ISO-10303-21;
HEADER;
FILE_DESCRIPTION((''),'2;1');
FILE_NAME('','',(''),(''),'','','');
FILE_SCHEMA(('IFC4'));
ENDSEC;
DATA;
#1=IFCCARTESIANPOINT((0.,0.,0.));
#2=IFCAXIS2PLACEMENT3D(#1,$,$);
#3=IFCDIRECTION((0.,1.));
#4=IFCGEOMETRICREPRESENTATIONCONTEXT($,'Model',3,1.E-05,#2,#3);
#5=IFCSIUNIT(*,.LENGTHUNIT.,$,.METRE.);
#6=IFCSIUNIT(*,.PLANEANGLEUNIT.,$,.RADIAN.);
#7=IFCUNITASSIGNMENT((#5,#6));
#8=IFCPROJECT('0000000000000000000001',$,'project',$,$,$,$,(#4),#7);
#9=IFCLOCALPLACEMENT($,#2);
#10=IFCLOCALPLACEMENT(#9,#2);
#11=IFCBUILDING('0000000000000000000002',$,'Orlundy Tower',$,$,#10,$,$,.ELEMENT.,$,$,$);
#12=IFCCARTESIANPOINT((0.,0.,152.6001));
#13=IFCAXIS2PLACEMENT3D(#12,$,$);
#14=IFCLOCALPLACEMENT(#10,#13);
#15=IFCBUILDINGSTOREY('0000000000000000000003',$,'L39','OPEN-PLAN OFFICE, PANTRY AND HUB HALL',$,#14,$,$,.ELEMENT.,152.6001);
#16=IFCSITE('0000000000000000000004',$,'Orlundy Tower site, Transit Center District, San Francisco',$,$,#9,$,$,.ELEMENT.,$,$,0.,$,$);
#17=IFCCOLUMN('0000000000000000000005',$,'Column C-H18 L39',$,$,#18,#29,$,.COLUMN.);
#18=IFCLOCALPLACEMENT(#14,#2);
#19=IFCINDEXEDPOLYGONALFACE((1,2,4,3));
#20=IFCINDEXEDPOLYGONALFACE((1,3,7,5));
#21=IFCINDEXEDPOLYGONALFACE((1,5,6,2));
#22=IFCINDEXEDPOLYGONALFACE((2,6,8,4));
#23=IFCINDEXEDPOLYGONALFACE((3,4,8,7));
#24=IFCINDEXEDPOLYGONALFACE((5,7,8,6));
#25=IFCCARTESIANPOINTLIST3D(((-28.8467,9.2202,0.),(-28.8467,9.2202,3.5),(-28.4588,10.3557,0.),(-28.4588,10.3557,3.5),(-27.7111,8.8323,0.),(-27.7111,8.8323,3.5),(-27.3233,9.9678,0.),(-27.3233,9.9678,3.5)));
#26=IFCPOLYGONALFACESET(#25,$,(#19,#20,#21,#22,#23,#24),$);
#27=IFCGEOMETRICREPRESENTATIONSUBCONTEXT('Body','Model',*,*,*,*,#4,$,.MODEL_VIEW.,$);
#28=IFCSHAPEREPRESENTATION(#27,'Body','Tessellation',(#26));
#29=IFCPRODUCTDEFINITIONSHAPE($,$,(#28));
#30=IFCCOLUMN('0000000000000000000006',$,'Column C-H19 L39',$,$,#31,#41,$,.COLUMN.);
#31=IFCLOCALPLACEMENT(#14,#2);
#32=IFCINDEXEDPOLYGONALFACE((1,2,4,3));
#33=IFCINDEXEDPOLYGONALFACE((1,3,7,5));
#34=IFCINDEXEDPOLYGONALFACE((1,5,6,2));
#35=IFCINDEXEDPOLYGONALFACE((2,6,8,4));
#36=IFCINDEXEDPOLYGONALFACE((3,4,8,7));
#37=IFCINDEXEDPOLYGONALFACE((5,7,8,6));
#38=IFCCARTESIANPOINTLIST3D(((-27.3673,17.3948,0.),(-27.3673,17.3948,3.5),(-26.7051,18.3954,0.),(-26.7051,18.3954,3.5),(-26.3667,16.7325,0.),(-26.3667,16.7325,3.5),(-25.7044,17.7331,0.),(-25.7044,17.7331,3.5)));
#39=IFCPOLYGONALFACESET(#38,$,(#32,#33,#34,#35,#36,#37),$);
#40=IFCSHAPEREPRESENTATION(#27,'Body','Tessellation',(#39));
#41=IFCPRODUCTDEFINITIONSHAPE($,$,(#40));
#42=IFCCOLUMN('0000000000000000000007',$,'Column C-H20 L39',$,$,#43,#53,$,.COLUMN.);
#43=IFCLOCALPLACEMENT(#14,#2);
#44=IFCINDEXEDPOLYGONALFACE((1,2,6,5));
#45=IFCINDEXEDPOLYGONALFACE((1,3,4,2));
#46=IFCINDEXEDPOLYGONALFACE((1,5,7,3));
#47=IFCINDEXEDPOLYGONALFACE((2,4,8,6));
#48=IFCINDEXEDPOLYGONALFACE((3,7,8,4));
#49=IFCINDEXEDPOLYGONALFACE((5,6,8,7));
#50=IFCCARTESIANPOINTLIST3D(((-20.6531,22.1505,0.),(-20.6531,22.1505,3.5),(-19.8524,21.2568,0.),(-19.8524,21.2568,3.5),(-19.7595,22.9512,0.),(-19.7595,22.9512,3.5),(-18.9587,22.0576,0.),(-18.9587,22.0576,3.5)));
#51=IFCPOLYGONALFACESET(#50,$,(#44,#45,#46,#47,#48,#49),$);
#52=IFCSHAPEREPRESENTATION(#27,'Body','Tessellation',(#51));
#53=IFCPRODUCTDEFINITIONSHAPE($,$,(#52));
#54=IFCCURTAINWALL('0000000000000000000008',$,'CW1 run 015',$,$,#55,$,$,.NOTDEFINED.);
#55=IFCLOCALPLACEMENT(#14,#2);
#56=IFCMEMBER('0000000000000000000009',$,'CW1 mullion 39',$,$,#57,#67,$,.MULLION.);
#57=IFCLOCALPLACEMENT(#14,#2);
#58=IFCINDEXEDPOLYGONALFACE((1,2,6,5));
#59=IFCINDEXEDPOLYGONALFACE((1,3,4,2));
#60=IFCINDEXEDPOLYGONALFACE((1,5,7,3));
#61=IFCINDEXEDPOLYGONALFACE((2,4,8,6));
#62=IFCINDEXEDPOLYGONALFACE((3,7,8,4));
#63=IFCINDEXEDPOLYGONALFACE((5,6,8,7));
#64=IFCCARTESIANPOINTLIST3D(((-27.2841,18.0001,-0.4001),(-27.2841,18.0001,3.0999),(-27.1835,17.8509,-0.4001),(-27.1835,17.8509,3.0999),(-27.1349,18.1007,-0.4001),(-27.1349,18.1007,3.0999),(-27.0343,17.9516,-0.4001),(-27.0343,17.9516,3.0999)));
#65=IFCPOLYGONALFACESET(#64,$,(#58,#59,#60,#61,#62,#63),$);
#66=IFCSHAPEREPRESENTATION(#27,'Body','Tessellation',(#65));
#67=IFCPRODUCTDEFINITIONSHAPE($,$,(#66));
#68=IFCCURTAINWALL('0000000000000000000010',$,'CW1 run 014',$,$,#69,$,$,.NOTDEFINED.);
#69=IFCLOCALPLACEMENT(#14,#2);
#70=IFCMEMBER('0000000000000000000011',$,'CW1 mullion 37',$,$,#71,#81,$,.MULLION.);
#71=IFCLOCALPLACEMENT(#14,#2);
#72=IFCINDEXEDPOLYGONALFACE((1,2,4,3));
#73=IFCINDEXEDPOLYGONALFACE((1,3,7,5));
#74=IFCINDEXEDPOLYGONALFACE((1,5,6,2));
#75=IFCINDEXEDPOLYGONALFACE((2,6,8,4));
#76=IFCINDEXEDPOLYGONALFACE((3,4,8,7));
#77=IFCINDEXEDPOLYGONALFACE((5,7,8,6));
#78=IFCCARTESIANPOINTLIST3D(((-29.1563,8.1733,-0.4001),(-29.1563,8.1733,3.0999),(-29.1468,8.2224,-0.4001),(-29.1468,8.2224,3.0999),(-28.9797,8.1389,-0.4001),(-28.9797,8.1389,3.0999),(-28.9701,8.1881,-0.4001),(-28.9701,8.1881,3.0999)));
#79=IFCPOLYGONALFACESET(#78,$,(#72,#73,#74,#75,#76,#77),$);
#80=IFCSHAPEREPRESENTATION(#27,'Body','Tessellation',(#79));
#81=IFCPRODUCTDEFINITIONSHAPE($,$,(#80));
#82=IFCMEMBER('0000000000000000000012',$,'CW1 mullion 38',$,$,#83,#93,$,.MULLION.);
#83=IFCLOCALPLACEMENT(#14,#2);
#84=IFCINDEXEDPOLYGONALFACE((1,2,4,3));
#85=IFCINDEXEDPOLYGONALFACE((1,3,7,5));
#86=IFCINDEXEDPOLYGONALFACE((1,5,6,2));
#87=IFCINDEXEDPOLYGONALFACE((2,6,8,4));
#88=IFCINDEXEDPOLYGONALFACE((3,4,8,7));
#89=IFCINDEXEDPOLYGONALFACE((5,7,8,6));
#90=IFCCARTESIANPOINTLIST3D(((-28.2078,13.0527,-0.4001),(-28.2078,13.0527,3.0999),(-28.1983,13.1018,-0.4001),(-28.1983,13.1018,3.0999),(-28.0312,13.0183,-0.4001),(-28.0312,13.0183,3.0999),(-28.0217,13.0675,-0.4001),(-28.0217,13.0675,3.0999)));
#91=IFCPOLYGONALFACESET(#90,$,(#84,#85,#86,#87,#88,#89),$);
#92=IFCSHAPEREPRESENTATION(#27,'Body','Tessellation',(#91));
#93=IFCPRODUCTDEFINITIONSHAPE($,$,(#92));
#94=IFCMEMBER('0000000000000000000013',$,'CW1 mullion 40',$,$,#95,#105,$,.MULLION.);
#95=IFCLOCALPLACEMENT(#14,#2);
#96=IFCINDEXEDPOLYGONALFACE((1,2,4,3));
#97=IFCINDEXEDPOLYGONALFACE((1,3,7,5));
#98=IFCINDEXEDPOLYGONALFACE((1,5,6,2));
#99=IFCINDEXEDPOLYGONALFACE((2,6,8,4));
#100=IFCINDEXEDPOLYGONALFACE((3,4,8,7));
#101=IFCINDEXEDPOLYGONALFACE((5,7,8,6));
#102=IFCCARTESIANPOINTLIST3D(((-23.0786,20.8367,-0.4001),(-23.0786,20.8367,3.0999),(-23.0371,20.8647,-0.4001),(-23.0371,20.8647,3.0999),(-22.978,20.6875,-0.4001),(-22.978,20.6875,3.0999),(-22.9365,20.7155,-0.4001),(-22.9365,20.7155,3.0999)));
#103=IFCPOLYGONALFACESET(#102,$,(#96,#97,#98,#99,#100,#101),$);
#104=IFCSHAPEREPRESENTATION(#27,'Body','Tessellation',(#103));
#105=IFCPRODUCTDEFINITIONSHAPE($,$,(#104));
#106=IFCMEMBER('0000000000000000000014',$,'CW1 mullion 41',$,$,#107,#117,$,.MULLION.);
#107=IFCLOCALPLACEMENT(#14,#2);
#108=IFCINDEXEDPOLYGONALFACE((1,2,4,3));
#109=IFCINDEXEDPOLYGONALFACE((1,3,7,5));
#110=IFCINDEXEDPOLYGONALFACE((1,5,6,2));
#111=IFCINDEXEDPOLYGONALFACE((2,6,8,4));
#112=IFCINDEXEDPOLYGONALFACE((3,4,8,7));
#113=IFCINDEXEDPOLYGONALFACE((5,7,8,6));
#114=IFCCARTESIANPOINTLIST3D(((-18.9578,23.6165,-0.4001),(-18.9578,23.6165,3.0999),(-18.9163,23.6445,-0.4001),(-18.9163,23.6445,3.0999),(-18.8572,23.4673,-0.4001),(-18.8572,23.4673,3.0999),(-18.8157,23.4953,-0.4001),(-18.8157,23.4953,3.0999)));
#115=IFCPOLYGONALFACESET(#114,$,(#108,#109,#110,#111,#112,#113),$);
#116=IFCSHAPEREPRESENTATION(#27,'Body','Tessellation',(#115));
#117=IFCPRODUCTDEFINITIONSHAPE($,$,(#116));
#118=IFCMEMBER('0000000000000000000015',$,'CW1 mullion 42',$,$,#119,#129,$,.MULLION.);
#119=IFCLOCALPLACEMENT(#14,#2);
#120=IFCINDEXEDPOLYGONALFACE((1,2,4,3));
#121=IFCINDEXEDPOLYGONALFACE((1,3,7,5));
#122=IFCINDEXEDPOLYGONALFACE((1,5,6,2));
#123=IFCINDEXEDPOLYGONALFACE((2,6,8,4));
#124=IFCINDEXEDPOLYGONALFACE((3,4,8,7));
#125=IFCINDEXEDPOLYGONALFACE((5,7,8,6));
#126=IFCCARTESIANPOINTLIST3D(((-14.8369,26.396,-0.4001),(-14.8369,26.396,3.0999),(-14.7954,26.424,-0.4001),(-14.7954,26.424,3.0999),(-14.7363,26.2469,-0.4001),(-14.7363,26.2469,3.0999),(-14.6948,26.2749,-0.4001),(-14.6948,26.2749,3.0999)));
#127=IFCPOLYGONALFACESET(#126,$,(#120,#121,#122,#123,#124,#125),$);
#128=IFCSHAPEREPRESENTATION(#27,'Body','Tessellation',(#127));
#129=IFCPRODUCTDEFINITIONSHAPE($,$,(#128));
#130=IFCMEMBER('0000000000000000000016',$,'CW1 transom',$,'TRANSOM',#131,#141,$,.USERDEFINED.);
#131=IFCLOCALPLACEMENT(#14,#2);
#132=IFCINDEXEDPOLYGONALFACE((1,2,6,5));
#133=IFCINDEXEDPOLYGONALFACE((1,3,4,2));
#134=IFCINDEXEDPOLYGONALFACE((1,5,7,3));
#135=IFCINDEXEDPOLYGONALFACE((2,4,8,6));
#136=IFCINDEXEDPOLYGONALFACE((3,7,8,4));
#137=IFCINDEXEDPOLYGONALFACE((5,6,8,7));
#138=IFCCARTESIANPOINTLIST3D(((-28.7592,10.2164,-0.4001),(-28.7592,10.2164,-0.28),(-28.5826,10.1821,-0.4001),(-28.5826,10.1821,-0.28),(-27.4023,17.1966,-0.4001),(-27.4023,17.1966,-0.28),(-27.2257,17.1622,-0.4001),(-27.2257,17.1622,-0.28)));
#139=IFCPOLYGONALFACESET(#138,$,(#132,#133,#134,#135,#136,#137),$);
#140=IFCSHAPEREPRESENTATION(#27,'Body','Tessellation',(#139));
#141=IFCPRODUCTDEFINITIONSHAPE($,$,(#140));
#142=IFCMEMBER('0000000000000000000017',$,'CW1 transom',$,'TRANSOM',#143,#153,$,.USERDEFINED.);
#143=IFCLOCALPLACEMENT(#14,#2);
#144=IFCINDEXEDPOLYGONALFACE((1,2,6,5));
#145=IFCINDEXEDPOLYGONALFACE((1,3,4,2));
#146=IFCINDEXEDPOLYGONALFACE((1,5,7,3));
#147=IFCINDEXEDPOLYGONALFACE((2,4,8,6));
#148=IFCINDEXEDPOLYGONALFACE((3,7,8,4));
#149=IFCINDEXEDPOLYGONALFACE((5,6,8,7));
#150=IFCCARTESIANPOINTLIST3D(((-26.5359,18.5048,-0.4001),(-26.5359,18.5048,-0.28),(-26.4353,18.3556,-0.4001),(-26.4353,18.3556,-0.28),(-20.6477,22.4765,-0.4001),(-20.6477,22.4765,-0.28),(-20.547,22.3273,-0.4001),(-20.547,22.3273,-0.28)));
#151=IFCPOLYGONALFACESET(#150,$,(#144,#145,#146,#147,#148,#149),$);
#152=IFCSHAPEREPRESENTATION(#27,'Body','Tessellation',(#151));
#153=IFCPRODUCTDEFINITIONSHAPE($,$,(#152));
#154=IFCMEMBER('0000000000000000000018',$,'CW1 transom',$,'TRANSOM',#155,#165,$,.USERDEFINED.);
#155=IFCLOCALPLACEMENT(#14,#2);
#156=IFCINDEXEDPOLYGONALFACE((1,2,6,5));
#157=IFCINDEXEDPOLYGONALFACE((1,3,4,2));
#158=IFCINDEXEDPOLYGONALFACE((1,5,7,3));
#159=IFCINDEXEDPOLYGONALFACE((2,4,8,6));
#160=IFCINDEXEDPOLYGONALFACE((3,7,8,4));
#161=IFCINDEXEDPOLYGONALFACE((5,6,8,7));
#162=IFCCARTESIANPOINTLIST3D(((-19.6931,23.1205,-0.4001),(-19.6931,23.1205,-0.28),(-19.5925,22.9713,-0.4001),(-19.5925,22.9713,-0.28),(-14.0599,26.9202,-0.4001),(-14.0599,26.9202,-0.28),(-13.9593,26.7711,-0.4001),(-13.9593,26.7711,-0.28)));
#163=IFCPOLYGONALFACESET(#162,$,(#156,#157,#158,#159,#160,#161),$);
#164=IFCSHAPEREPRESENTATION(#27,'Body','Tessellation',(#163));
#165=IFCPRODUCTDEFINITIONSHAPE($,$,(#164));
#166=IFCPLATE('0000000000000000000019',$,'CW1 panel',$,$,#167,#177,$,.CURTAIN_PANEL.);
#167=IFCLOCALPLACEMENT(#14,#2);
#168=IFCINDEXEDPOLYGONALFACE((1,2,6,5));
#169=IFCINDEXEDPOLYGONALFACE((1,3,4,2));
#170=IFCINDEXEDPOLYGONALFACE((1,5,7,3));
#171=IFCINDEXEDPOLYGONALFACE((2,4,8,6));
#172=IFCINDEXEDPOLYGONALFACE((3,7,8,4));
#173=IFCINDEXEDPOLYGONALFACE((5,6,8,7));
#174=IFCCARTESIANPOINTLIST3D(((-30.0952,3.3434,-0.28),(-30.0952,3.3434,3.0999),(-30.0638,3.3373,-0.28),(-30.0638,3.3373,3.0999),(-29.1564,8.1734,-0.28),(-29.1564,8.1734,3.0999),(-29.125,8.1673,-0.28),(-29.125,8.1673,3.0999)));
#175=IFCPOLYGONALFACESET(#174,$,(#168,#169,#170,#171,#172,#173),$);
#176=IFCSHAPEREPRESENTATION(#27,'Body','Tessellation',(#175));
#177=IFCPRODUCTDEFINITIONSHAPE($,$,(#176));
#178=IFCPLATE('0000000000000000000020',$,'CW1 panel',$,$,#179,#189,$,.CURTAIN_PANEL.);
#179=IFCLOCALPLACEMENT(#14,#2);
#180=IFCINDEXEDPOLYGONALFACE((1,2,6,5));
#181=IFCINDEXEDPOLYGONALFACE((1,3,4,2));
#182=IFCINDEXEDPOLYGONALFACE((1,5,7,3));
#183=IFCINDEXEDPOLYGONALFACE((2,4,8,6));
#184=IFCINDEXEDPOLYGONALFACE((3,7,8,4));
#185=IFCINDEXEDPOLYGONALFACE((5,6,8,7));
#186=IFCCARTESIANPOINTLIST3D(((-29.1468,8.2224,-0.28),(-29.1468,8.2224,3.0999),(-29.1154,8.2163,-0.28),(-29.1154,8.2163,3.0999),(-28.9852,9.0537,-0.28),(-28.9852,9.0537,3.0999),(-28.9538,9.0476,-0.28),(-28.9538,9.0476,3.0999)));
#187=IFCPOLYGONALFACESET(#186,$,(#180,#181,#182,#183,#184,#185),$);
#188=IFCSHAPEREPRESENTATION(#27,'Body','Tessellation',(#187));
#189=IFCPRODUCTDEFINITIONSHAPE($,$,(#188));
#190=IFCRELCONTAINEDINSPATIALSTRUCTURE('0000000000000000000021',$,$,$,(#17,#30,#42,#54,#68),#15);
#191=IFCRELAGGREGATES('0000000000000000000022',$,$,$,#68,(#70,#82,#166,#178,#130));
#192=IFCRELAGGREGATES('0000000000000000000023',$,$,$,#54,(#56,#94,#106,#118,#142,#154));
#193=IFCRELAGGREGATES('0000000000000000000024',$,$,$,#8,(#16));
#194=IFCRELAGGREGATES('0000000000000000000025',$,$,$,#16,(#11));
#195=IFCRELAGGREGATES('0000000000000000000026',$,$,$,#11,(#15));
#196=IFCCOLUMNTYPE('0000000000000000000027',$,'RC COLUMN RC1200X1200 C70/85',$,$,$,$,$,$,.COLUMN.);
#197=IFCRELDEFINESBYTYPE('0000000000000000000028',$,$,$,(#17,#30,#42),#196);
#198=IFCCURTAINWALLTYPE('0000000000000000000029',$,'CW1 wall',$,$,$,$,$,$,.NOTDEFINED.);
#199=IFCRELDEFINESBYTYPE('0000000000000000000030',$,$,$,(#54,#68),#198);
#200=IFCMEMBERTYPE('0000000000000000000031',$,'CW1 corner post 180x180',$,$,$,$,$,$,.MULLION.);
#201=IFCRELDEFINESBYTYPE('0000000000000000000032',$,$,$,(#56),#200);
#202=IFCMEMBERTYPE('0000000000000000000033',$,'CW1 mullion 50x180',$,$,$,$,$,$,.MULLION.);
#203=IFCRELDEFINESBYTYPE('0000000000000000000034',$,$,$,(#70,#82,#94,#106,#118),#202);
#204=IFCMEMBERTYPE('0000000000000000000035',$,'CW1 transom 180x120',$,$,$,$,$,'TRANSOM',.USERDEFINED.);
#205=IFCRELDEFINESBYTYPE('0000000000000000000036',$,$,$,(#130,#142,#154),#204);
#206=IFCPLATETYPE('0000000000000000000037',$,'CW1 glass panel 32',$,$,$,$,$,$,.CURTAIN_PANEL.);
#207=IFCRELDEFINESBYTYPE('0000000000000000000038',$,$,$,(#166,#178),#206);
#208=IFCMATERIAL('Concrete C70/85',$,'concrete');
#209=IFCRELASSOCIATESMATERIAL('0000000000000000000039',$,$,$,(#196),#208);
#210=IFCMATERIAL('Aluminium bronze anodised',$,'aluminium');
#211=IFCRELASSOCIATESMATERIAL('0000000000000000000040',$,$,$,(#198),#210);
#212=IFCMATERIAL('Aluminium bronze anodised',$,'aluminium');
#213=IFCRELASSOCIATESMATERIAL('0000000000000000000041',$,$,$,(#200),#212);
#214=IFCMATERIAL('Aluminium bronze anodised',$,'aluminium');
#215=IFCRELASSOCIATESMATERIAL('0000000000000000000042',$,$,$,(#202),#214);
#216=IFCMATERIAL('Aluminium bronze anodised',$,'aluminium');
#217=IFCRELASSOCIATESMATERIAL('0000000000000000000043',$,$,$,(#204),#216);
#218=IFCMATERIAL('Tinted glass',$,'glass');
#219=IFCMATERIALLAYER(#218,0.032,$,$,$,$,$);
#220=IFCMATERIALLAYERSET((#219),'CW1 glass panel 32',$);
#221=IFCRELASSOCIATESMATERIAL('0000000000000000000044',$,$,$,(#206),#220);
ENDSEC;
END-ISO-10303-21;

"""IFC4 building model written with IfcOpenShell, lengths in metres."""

from ifc_helpers import new_model, si_unit, direction, frame, origin, origin_2d, place, context, subcontext, project, spatial, rectangle, extrude, material, layer, layer_set, material_profile, profile_set, type_object, element, aggregate, save


model = new_model("IFC4")

# Units and contexts
model_context = context("Model", 3, precision=1e-05, world=origin(), true_north=direction((0.0, 1.0)))
body_context = subcontext(model_context, "Body", "Model", "MODEL_VIEW")
ifc_project = project(units=[si_unit("LENGTHUNIT", "METRE"), si_unit("PLANEANGLEUNIT", "RADIAN")], contexts=[model_context])

# Site, building, storey
site_placement = place(None, origin())
site = spatial("IfcSite", under=ifc_project, at=site_placement, Name="Orlundy Tower site, Transit Center District, San Francisco", CompositionType="ELEMENT", RefElevation=0.0)
building_placement = place(site_placement, origin())
building = spatial("IfcBuilding", under=site, at=building_placement, Name="Orlundy Tower", CompositionType="ELEMENT")
storey_placement = place(building_placement, frame((0.0, 0.0, 152.6001)))
storey = spatial("IfcBuildingStorey", under=building, at=storey_placement, Name="L39", Description="OPEN-PLAN OFFICE, PANTRY AND HUB HALL", CompositionType="ELEMENT", Elevation=152.6001)

# Columns
ifc_material_1 = material(Name="Concrete C70/85", Category="concrete")
ifc_material_profile_1 = material_profile(ifc_material_1, rectangle(XDim=1.2, YDim=1.2, at=origin_2d()), Name="RC1200X1200")
ifc_profile_set_1 = profile_set([ifc_material_profile_1], Name="Concrete C70/85")
column_type = type_object("IfcColumnType", Name="RC COLUMN RC1200X1200 C70/85", PredefinedType="COLUMN", material=ifc_profile_set_1)
for number, where, z_axis, x_axis, name in (
    (1, (-28.085, 9.594, 0.0), (0.0, 0.0, 1.0), (-0.946311, 0.323257, 0.0), "Column C-H18 L39"),
    (2, (-26.5359, 17.564, 0.0), (0.0, 0.0, 1.0), (-0.833886, 0.551937, 0.0), "Column C-H19 L39"),
    (3, (-19.8059, 22.104, 0.0), (0.0, 0.0, 1.0), (-0.667339, 0.744754, 0.0), "Column C-H20 L39"),
):
    element("IfcColumn", number, at=place(storey_placement, frame(where, z_axis=z_axis, x_axis=x_axis)), inside=storey, type_object=column_type, Name=name, PredefinedType="COLUMN", context=body_context, shape_type="SweptSolid", body=[
        extrude(rectangle(XDim=1.2, YDim=1.2, at=origin_2d()), origin(), (0.0, 0.0, 1.0), 3.5),
    ])

# Curtain wall, member
ifc_material_2 = material(Name="Aluminium bronze anodised", Category="aluminium")
curtain_wall_type = type_object("IfcCurtainWallType", Name="CW1 wall", PredefinedType="NOTDEFINED", material=ifc_material_2)
curtain_wall_1_placement = place(storey_placement, origin())
curtain_wall_1 = element("IfcCurtainWall", 4, at=curtain_wall_1_placement, inside=storey, type_object=curtain_wall_type, Name="CW1 run 015", PredefinedType="NOTDEFINED")
ifc_material_3 = material(Name="Aluminium bronze anodised", Category="aluminium")
ifc_material_profile_2 = material_profile(ifc_material_3, rectangle(XDim=0.1799, YDim=0.1799, at=origin_2d()), Name="CW1 corner post 180x180")
ifc_profile_set_2 = profile_set([ifc_material_profile_2], Name="Aluminium bronze anodised")
member_type_1 = type_object("IfcMemberType", Name="CW1 corner post 180x180", PredefinedType="MULLION", material=ifc_profile_set_2)
member_1_placement = place(storey_placement, frame((-27.1592, 17.9758, -0.4001), z_axis=(0.0, 0.0, 1.0), x_axis=(-0.559205, 0.82903, 0.0)))
member_1 = element("IfcMember", 5, at=member_1_placement, type_object=member_type_1, Name="CW1 mullion 39", PredefinedType="MULLION", context=body_context, shape_type="SweptSolid", body=[
    extrude(rectangle(XDim=0.1799, YDim=0.1799, at=origin_2d()), origin(), (0.0, 0.0, 1.0), 3.5),
])

# Curtain wall, members
curtain_wall_2_placement = place(storey_placement, origin())
curtain_wall_2 = element("IfcCurtainWall", 6, at=curtain_wall_2_placement, inside=storey, type_object=curtain_wall_type, Name="CW1 run 014", PredefinedType="NOTDEFINED")
ifc_material_4 = material(Name="Aluminium bronze anodised", Category="aluminium")
ifc_material_profile_3 = material_profile(ifc_material_4, rectangle(XDim=0.1799, YDim=0.05, at=origin_2d()), Name="CW1 mullion 50x180")
ifc_profile_set_3 = profile_set([ifc_material_profile_3], Name="Aluminium bronze anodised")
member_type_2 = type_object("IfcMemberType", Name="CW1 mullion 50x180", PredefinedType="MULLION", material=ifc_profile_set_3)
member_2_placement = place(storey_placement, frame((-29.0632, 8.1807, -0.4001), z_axis=(0.0, 0.0, 1.0), x_axis=(-0.981628, 0.190805, 0.0)))
member_2 = element("IfcMember", 7, at=member_2_placement, type_object=member_type_2, Name="CW1 mullion 37", PredefinedType="MULLION", context=body_context, shape_type="SweptSolid", body=[
    extrude(rectangle(XDim=0.1799, YDim=0.05, at=origin_2d()), origin(), (0.0, 0.0, 1.0), 3.5),
])
member_3_placement = place(storey_placement, frame((-28.1147, 13.0601, -0.4001), z_axis=(0.0, 0.0, 1.0), x_axis=(-0.981628, 0.190805, 0.0)))
member_3 = element("IfcMember", 8, at=member_3_placement, type_object=member_type_2, Name="CW1 mullion 38", PredefinedType="MULLION", context=body_context, shape_type="SweptSolid", body=[
    extrude(rectangle(XDim=0.1799, YDim=0.05, at=origin_2d()), origin(), (0.0, 0.0, 1.0), 3.5),
])

# Members
member_4_placement = place(storey_placement, frame((-23.0076, 20.7761, -0.4001), z_axis=(0.0, 0.0, 1.0), x_axis=(-0.559205, 0.82903, 0.0)))
member_4 = element("IfcMember", 9, at=member_4_placement, type_object=member_type_2, Name="CW1 mullion 40", PredefinedType="MULLION", context=body_context, shape_type="SweptSolid", body=[
    extrude(rectangle(XDim=0.1799, YDim=0.05, at=origin_2d()), origin(), (0.0, 0.0, 1.0), 3.5),
])
member_5_placement = place(storey_placement, frame((-18.8867, 23.5559, -0.4001), z_axis=(0.0, 0.0, 1.0), x_axis=(-0.559205, 0.82903, 0.0)))
member_5 = element("IfcMember", 10, at=member_5_placement, type_object=member_type_2, Name="CW1 mullion 41", PredefinedType="MULLION", context=body_context, shape_type="SweptSolid", body=[
    extrude(rectangle(XDim=0.1799, YDim=0.05, at=origin_2d()), origin(), (0.0, 0.0, 1.0), 3.5),
])
member_6_placement = place(storey_placement, frame((-14.7659, 26.3354, -0.4001), z_axis=(0.0, 0.0, 1.0), x_axis=(-0.559205, 0.82903, 0.0)))
member_6 = element("IfcMember", 11, at=member_6_placement, type_object=member_type_2, Name="CW1 mullion 42", PredefinedType="MULLION", context=body_context, shape_type="SweptSolid", body=[
    extrude(rectangle(XDim=0.1799, YDim=0.05, at=origin_2d()), origin(), (0.0, 0.0, 1.0), 3.5),
])
ifc_material_5 = material(Name="Aluminium bronze anodised", Category="aluminium")
ifc_material_profile_4 = material_profile(ifc_material_5, rectangle(XDim=0.1799, YDim=0.1201, at=origin_2d()), Name="CW1 transom 180x120")
ifc_profile_set_4 = profile_set([ifc_material_profile_4], Name="Aluminium bronze anodised")
member_type_3 = type_object("IfcMemberType", Name="CW1 transom 180x120", ElementType="TRANSOM", PredefinedType="USERDEFINED", material=ifc_profile_set_4)
member_7_placement = place(storey_placement, frame((-28.6709, 10.1992, -0.3401), z_axis=(0.190825, 0.981624, 0.0), x_axis=(-0.981624, 0.190825, 0.0)))
member_7 = element("IfcMember", 12, at=member_7_placement, type_object=member_type_3, Name="CW1 transom", ObjectType="TRANSOM", PredefinedType="USERDEFINED", context=body_context, shape_type="SweptSolid", body=[
    extrude(rectangle(XDim=0.1799, YDim=0.1201, at=origin_2d()), origin(), (0.0, 0.0, 1.0), 7.1108),
])
member_8_placement = place(storey_placement, frame((-26.4856, 18.4302, -0.3401), z_axis=(0.829034, 0.559198, 0.0), x_axis=(-0.559198, 0.829034, 0.0)))
member_8 = element("IfcMember", 13, at=member_8_placement, type_object=member_type_3, Name="CW1 transom", ObjectType="TRANSOM", PredefinedType="USERDEFINED", context=body_context, shape_type="SweptSolid", body=[
    extrude(rectangle(XDim=0.1799, YDim=0.1201, at=origin_2d()), origin(), (0.0, 0.0, 1.0), 7.1025),
])
member_9_placement = place(storey_placement, frame((-19.6428, 23.0459, -0.3401), z_axis=(0.829031, 0.559203, 0.0), x_axis=(-0.559203, 0.829031, 0.0)))
member_9 = element("IfcMember", 14, at=member_9_placement, type_object=member_type_3, Name="CW1 transom", ObjectType="TRANSOM", PredefinedType="USERDEFINED", context=body_context, shape_type="SweptSolid", body=[
    extrude(rectangle(XDim=0.1799, YDim=0.1201, at=origin_2d()), origin(), (0.0, 0.0, 1.0), 6.7949),
])

# Plates
ifc_material_6 = material(Name="Tinted glass", Category="glass")
ifc_layer_1 = layer(ifc_material_6, 0.032)
ifc_layer_set_1 = layer_set([ifc_layer_1], Name="CW1 glass panel 32")
plate_type = type_object("IfcPlateType", Name="CW1 glass panel 32", PredefinedType="CURTAIN_PANEL", material=ifc_layer_set_1)
plate_1_placement = place(storey_placement, frame((-29.6101, 5.7554, -0.28), z_axis=(0.0, 0.0, 1.0), x_axis=(0.190805, 0.981628, 0.0)))
plate_1 = element("IfcPlate", 15, at=plate_1_placement, type_object=plate_type, Name="CW1 panel", PredefinedType="CURTAIN_PANEL", context=body_context, shape_type="SweptSolid", body=[
    extrude(rectangle(XDim=4.9204, YDim=0.032, at=origin_2d()), origin(), (0.0, 0.0, 1.0), 3.3799),
])
plate_2_placement = place(storey_placement, frame((-29.0503, 8.635, -0.28), z_axis=(0.0, 0.0, 1.0), x_axis=(0.190805, 0.981628, 0.0)))
plate_2 = element("IfcPlate", 16, at=plate_2_placement, type_object=plate_type, Name="CW1 panel", PredefinedType="CURTAIN_PANEL", context=body_context, shape_type="SweptSolid", body=[
    extrude(rectangle(XDim=0.8469, YDim=0.032, at=origin_2d()), origin(), (0.0, 0.0, 1.0), 3.3799),
])
aggregate(curtain_wall_2, [member_2, member_3, plate_1, plate_2, member_7])
aggregate(curtain_wall_1, [member_1, member_4, member_5, member_6, member_8, member_9])

save(model, "model.ifc")
